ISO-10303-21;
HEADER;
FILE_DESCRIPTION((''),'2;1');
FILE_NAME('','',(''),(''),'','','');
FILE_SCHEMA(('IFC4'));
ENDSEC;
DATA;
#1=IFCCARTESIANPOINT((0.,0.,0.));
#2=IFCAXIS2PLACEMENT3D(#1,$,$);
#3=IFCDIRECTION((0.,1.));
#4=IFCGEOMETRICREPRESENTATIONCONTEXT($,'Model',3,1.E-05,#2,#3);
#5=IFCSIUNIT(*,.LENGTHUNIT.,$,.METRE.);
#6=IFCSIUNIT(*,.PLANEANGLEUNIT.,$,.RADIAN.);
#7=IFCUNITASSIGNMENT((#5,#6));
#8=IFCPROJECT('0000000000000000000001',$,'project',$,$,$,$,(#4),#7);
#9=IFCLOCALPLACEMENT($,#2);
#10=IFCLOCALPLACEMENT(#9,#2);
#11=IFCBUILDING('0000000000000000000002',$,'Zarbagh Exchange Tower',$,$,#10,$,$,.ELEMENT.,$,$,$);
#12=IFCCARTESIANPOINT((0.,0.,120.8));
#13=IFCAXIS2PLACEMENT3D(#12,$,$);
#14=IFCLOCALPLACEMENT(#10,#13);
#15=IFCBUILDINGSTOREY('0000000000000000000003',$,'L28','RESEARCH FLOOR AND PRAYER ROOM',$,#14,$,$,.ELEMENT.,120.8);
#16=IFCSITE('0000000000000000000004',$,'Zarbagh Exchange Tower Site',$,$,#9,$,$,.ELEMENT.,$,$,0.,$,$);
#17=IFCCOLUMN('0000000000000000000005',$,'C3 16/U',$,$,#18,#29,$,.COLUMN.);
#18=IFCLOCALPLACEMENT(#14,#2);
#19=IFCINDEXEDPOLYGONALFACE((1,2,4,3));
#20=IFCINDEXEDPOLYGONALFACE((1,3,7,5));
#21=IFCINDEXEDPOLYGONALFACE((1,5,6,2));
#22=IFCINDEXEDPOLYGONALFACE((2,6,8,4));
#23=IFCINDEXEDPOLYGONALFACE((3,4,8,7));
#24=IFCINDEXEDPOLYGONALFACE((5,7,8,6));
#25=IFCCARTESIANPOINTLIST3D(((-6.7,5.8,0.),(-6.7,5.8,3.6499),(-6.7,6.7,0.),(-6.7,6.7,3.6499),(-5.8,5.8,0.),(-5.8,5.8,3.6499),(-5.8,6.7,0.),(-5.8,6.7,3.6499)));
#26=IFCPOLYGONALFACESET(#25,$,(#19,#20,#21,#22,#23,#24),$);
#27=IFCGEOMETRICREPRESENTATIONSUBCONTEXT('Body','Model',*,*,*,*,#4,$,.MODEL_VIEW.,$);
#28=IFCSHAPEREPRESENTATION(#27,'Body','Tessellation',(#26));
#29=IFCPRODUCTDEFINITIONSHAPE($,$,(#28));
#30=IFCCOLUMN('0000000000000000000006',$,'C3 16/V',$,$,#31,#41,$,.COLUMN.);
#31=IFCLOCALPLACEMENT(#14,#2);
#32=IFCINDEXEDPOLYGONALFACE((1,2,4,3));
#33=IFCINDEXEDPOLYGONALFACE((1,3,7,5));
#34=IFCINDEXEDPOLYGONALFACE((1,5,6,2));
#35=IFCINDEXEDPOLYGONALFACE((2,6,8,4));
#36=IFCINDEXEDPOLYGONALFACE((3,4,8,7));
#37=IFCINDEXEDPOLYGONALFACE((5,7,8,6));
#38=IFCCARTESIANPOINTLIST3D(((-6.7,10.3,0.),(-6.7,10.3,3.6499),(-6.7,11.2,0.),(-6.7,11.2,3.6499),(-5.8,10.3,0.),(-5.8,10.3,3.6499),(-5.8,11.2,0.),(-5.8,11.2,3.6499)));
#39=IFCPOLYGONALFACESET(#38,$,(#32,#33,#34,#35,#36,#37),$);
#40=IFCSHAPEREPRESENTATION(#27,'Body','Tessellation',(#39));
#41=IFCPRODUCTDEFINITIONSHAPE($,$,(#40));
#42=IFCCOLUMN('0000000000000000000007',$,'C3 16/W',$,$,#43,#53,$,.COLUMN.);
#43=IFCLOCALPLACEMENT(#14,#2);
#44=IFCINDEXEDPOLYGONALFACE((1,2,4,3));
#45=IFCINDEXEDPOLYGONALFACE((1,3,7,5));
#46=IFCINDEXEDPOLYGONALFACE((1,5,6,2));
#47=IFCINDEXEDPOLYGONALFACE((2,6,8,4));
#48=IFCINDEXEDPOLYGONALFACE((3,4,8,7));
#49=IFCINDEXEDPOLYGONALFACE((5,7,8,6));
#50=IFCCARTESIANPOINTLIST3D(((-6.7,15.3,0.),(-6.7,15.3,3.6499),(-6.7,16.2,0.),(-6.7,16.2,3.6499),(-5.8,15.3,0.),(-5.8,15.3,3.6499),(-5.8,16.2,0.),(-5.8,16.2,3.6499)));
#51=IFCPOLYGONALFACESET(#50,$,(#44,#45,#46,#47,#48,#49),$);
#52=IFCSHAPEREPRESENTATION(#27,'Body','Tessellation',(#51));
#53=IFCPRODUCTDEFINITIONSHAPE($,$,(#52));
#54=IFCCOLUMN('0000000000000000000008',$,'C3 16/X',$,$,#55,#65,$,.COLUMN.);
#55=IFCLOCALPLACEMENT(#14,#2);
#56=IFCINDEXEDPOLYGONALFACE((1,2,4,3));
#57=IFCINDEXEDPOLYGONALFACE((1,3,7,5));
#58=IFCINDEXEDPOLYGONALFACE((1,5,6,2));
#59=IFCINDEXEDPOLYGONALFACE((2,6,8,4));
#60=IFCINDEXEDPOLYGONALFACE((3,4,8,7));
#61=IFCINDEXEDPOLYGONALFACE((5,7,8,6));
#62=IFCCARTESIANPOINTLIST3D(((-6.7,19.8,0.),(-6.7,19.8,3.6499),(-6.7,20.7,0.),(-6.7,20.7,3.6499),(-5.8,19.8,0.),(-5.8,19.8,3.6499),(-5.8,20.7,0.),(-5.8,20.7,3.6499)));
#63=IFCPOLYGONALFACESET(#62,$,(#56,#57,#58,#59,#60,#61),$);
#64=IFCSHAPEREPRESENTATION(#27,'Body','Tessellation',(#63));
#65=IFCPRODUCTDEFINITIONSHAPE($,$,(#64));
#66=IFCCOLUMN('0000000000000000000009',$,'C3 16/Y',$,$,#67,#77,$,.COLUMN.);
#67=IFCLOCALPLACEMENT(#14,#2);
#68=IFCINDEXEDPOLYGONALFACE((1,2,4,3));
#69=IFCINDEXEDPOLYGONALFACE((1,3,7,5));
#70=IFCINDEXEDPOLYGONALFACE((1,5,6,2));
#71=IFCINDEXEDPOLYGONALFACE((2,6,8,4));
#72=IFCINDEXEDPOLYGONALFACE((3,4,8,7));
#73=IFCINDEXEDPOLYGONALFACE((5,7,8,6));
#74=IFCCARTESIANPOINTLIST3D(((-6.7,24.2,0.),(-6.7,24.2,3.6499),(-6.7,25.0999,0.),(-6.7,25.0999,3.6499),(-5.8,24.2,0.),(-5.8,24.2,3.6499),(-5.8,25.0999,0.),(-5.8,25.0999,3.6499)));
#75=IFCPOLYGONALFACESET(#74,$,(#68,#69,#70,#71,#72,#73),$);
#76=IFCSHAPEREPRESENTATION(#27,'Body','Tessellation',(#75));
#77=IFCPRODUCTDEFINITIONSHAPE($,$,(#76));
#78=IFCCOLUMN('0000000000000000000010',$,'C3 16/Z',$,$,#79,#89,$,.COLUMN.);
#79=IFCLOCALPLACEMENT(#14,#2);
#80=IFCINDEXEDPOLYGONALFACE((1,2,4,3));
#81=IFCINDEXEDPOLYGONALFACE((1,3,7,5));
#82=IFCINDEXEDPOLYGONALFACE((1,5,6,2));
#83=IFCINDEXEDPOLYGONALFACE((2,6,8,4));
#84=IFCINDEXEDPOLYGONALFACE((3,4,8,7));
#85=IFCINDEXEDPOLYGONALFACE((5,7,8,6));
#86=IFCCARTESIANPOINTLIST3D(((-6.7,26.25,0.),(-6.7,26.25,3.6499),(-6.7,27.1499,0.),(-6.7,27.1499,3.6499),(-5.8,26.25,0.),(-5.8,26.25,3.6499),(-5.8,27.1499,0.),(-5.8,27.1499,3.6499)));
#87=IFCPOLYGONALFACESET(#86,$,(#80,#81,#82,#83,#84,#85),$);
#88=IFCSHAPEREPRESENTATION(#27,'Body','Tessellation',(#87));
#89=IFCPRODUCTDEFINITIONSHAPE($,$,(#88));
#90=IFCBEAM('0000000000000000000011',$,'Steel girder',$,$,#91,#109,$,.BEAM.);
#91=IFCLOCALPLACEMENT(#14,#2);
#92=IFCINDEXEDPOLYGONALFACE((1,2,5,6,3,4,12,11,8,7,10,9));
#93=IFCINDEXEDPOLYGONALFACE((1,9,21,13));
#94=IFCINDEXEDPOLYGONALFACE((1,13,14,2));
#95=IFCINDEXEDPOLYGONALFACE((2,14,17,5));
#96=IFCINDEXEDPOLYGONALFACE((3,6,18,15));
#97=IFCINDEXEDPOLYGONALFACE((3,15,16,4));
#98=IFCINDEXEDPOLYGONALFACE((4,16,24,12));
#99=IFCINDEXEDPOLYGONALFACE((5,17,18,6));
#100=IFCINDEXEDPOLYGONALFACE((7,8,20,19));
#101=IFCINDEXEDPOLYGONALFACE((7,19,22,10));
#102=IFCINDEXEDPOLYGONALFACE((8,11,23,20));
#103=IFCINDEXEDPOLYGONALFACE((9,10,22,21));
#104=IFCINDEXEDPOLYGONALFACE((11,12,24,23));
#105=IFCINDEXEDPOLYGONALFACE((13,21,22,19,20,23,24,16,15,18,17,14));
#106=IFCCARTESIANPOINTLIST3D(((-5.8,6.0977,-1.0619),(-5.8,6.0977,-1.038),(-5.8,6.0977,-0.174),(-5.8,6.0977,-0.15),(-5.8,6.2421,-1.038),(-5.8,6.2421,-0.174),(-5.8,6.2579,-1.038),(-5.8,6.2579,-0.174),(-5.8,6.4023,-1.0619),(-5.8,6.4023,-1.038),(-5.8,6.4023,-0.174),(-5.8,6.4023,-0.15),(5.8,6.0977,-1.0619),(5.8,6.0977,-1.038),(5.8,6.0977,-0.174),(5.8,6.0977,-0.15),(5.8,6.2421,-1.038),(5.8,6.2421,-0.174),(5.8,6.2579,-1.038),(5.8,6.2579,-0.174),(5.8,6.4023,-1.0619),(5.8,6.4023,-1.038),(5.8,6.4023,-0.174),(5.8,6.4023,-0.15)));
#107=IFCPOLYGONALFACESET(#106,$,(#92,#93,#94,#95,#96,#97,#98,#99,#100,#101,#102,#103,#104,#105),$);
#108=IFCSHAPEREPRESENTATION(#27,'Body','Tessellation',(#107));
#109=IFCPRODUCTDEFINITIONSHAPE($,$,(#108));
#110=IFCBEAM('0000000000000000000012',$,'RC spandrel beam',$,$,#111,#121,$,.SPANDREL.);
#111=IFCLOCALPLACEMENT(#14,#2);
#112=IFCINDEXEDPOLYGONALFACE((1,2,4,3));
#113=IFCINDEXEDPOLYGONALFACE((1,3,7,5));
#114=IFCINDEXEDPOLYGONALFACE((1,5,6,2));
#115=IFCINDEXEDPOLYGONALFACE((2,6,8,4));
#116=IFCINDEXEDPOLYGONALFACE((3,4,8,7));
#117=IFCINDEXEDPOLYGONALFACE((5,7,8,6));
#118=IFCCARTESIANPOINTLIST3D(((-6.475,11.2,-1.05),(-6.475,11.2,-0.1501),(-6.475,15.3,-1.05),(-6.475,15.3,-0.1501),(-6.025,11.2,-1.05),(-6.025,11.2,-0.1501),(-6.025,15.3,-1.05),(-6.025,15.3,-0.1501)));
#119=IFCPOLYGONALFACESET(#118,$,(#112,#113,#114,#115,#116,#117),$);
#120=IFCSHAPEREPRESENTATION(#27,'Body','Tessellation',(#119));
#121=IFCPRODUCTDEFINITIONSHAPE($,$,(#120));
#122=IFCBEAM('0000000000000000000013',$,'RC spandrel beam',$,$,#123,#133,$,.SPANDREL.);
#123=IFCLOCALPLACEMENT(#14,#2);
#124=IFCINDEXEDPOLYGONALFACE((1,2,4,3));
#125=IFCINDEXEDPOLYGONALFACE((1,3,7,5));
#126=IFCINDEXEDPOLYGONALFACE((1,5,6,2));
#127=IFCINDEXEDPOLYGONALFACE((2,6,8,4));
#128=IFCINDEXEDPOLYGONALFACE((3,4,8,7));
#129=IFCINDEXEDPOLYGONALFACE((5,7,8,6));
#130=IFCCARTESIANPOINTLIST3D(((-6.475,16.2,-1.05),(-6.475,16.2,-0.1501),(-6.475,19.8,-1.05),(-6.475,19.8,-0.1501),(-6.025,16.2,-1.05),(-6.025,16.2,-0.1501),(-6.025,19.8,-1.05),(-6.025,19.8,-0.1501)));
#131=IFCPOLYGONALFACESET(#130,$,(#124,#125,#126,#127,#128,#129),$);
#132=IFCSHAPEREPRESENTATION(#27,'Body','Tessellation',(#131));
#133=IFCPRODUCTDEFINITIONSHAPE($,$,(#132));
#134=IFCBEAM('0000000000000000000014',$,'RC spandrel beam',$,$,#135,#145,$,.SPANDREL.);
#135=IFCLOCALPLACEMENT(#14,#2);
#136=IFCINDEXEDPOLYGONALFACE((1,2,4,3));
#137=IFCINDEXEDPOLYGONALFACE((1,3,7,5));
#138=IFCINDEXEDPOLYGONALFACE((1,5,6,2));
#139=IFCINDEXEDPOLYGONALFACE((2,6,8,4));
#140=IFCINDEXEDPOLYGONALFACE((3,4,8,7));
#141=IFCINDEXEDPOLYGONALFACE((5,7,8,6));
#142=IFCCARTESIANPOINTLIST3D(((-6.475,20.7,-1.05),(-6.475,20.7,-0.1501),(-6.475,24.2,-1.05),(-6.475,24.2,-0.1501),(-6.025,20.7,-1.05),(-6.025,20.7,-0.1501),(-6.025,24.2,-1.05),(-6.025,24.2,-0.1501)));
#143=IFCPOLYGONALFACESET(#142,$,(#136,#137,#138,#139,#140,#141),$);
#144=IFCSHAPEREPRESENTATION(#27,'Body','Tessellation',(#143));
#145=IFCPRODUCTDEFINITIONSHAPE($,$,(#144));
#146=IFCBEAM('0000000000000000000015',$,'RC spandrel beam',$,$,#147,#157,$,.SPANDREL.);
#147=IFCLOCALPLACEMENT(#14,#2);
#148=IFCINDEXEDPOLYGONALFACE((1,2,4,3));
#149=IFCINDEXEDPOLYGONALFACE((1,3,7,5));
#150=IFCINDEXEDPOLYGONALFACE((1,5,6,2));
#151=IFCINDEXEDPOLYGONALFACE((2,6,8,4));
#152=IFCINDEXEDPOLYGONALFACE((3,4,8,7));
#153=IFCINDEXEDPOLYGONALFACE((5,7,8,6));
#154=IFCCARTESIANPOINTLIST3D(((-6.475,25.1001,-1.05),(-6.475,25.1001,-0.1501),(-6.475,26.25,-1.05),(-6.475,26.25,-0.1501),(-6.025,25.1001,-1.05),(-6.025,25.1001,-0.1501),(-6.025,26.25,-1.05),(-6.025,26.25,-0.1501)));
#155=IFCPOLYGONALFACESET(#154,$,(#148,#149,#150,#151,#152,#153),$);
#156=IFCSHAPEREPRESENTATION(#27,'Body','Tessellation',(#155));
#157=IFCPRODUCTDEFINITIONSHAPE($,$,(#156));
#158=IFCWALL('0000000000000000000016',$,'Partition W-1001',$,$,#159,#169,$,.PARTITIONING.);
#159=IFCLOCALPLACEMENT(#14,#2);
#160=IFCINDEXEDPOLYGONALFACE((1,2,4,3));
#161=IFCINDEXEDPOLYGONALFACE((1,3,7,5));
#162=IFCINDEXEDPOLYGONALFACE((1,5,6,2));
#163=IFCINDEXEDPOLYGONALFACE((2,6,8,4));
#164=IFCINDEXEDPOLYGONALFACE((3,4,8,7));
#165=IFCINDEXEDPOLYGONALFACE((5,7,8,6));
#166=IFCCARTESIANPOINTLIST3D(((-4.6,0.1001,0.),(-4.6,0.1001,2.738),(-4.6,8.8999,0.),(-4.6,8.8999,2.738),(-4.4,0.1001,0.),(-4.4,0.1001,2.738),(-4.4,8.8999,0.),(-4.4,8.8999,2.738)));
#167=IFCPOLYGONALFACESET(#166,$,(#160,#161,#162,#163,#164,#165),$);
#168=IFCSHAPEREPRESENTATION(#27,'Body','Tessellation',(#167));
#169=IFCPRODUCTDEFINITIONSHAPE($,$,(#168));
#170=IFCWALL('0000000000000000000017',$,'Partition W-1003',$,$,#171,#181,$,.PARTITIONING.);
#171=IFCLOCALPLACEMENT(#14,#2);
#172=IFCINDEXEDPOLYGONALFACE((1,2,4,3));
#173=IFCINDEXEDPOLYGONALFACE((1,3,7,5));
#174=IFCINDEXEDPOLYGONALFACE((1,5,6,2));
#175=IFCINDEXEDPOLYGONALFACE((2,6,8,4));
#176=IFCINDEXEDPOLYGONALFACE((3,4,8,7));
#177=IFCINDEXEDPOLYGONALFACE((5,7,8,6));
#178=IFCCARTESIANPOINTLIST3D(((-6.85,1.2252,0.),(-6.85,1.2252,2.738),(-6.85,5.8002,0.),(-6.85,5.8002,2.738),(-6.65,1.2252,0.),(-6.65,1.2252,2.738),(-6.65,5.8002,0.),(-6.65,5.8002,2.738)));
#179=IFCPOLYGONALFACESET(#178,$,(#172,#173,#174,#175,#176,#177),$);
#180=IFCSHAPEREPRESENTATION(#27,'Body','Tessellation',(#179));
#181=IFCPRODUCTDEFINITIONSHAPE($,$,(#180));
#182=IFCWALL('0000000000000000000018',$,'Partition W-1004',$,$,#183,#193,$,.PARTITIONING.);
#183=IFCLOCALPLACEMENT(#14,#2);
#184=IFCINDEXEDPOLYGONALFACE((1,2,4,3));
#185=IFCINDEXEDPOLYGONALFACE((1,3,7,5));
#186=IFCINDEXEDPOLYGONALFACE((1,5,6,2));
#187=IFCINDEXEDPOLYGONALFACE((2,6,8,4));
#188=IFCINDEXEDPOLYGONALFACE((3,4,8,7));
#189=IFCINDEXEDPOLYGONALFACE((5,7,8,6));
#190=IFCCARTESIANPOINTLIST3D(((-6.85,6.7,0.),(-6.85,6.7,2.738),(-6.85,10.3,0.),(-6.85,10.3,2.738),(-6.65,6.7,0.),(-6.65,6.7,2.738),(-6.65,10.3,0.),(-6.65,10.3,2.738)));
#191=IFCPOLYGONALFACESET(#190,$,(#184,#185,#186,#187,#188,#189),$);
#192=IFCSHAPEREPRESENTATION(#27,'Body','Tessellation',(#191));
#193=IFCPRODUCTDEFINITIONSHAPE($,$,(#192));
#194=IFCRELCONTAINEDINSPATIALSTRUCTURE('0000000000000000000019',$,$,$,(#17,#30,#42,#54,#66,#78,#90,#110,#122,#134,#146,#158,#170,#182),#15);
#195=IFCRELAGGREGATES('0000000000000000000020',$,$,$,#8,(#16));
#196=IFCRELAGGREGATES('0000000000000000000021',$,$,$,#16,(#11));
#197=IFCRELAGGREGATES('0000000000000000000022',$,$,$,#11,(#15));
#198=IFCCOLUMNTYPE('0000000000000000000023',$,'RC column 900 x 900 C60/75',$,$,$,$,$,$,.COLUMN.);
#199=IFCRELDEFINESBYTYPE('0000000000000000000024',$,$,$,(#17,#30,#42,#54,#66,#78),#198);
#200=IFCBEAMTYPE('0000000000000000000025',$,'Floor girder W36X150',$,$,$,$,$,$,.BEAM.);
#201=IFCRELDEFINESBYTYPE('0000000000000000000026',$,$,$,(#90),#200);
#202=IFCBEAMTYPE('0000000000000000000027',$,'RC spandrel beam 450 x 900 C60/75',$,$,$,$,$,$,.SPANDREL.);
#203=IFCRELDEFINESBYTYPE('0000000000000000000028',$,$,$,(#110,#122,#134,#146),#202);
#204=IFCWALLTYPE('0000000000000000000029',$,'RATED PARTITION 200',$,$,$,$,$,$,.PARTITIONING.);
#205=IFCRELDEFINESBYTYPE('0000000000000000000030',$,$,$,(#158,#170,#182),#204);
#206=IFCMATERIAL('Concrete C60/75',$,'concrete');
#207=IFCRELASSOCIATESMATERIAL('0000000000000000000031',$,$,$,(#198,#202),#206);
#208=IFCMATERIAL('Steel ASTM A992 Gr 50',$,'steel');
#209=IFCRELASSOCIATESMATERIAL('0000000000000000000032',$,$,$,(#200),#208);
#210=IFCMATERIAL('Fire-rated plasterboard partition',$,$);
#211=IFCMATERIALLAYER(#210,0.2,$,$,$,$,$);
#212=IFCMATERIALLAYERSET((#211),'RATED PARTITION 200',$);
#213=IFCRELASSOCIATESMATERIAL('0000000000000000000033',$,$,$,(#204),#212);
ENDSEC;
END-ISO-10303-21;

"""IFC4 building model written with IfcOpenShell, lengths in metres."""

from ifc_helpers import new_model, si_unit, direction, frame, frame_2d, origin, origin_2d, place, context, subcontext, project, spatial, rectangle, i_section, extrude, material, layer, layer_set, material_profile, profile_set, type_object, element, save


model = new_model("IFC4")

# Units and contexts
model_context = context("Model", 3, precision=1e-05, world=origin(), true_north=direction((0.0, 1.0)))
body_context = subcontext(model_context, "Body", "Model", "MODEL_VIEW")
ifc_project = project(units=[si_unit("LENGTHUNIT", "METRE"), si_unit("PLANEANGLEUNIT", "RADIAN")], contexts=[model_context])

# Site, building, storey
site_placement = place(None, origin())
site = spatial("IfcSite", under=ifc_project, at=site_placement, Name="Zarbagh Exchange Tower Site", CompositionType="ELEMENT", RefElevation=0.0)
building_placement = place(site_placement, origin())
building = spatial("IfcBuilding", under=site, at=building_placement, Name="Zarbagh Exchange Tower", CompositionType="ELEMENT")
storey_placement = place(building_placement, frame((0.0, 0.0, 120.8)))
storey = spatial("IfcBuildingStorey", under=building, at=storey_placement, Name="L28", Description="RESEARCH FLOOR AND PRAYER ROOM", CompositionType="ELEMENT", Elevation=120.8)

# Columns
ifc_material_1 = material(Name="Concrete C60/75", Category="concrete")
ifc_material_profile_1 = material_profile(ifc_material_1, rectangle(XDim=0.8999, YDim=0.8999, at=origin_2d()), Name="RC column 900 x 900 C60/75")
ifc_profile_set_1 = profile_set([ifc_material_profile_1], Name="Concrete C60/75")
column_type = type_object("IfcColumnType", Name="RC column 900 x 900 C60/75", PredefinedType="COLUMN", material=ifc_profile_set_1)
for number, where, z_axis, x_axis, name in (
    (1, (-6.25, 6.25, 0.0), (0.0, 0.0, 1.0), (1.0, 0.0, 0.0), "C3 16/U"),
    (2, (-6.25, 10.75, 0.0), (0.0, 0.0, 1.0), (1.0, 0.0, 0.0), "C3 16/V"),
    (3, (-6.25, 15.75, 0.0), (0.0, 0.0, 1.0), (1.0, 0.0, 0.0), "C3 16/W"),
    (4, (-6.25, 20.25, 0.0), (0.0, 0.0, 1.0), (1.0, 0.0, 0.0), "C3 16/X"),
    (5, (-6.25, 24.6499, 0.0), (0.0, 0.0, 1.0), (1.0, 0.0, 0.0), "C3 16/Y"),
    (6, (-6.25, 26.7, 0.0), (0.0, 0.0, 1.0), (1.0, 0.0, 0.0), "C3 16/Z"),
):
    element("IfcColumn", number, at=place(storey_placement, frame(where, z_axis=z_axis, x_axis=x_axis)), inside=storey, type_object=column_type, Name=name, PredefinedType="COLUMN", context=body_context, shape_type="SweptSolid", body=[
        extrude(rectangle(XDim=0.8999, YDim=0.8999, at=origin_2d()), origin(), (0.0, 0.0, 1.0), 3.6499),
    ])

# Beams
ifc_material_2 = material(Name="Steel ASTM A992 Gr 50", Category="steel")
ifc_material_profile_2 = material_profile(ifc_material_2, i_section(OverallWidth=0.3047, OverallDepth=0.9119, WebThickness=0.0159, FlangeThickness=0.0239, at=origin_2d()), Name="W36X150")
ifc_profile_set_2 = profile_set([ifc_material_profile_2], Name="Steel ASTM A992 Gr 50")
beam_type_1 = type_object("IfcBeamType", Name="Floor girder W36X150", PredefinedType="BEAM", material=ifc_profile_set_2)
beam_1_placement = place(storey_placement, frame((-5.8, 6.25, -0.606), z_axis=(1.0, 0.0, 0.0), x_axis=(0.0, 1.0, 0.0)))
element("IfcBeam", 7, at=beam_1_placement, inside=storey, type_object=beam_type_1, Name="Steel girder", PredefinedType="BEAM", context=body_context, shape_type="SweptSolid", body=[
    extrude(i_section(OverallWidth=0.3047, OverallDepth=0.9119, WebThickness=0.0159, FlangeThickness=0.0239, at=origin_2d()), origin(), (0.0, 0.0, 1.0), 11.6001),
])
ifc_material_profile_3 = material_profile(ifc_material_1, rectangle(XDim=0.45, YDim=0.8999, at=origin_2d()), Name="RC spandrel beam 450 x 900 C60/75")
ifc_profile_set_3 = profile_set([ifc_material_profile_3], Name="Concrete C60/75")
beam_type_2 = type_object("IfcBeamType", Name="RC spandrel beam 450 x 900 C60/75", PredefinedType="SPANDREL", material=ifc_profile_set_3)
beam_2_placement = place(storey_placement, frame((-6.25, 11.2, -0.6001), z_axis=(0.0, 1.0, 0.0), x_axis=(-1.0, 0.0, 0.0)))
element("IfcBeam", 8, at=beam_2_placement, inside=storey, type_object=beam_type_2, Name="RC spandrel beam", PredefinedType="SPANDREL", context=body_context, shape_type="SweptSolid", body=[
    extrude(rectangle(XDim=0.45, YDim=0.8999, at=origin_2d()), origin(), (0.0, 0.0, 1.0), 4.1001),
])
beam_3_placement = place(storey_placement, frame((-6.25, 16.2, -0.6001), z_axis=(0.0, 1.0, 0.0), x_axis=(-1.0, 0.0, 0.0)))
element("IfcBeam", 9, at=beam_3_placement, inside=storey, type_object=beam_type_2, Name="RC spandrel beam", PredefinedType="SPANDREL", context=body_context, shape_type="SweptSolid", body=[
    extrude(rectangle(XDim=0.45, YDim=0.8999, at=origin_2d()), origin(), (0.0, 0.0, 1.0), 3.6001),
])
beam_4_placement = place(storey_placement, frame((-6.25, 20.7, -0.6001), z_axis=(0.0, 1.0, 0.0), x_axis=(-1.0, 0.0, 0.0)))
element("IfcBeam", 10, at=beam_4_placement, inside=storey, type_object=beam_type_2, Name="RC spandrel beam", PredefinedType="SPANDREL", context=body_context, shape_type="SweptSolid", body=[
    extrude(rectangle(XDim=0.45, YDim=0.8999, at=origin_2d()), origin(), (0.0, 0.0, 1.0), 3.5),
])
beam_5_placement = place(storey_placement, frame((-6.25, 25.1001, -0.6001), z_axis=(0.0, 1.0, 0.0), x_axis=(-1.0, 0.0, 0.0)))
element("IfcBeam", 11, at=beam_5_placement, inside=storey, type_object=beam_type_2, Name="RC spandrel beam", PredefinedType="SPANDREL", context=body_context, shape_type="SweptSolid", body=[
    extrude(rectangle(XDim=0.45, YDim=0.8999, at=origin_2d()), origin(), (0.0, 0.0, 1.0), 1.1499),
])

# Walls
ifc_material_3 = material(Name="Fire-rated plasterboard partition")
ifc_layer_1 = layer(ifc_material_3, 0.2)
ifc_layer_set_1 = layer_set([ifc_layer_1], Name="RATED PARTITION 200")
wall_type_1 = type_object("IfcWallType", Name="RATED PARTITION 200", PredefinedType="PARTITIONING", material=ifc_layer_set_1)
wall_1_placement = place(storey_placement, frame((-4.5, 0.1001, 0.0), z_axis=(0.0, 0.0, 1.0), x_axis=(0.0, 1.0, 0.0)))
element("IfcWall", 12, at=wall_1_placement, inside=storey, type_object=wall_type_1, Name="Partition W-1001", PredefinedType="PARTITIONING", context=body_context, shape_type="SweptSolid", body=[
    extrude(rectangle(XDim=8.7998, YDim=0.2, at=frame_2d((4.3999, 0.0))), origin(), (0.0, 0.0, 1.0), 2.738),
])
wall_2_placement = place(storey_placement, frame((-6.75, 1.2251, 0.0), z_axis=(0.0, 0.0, 1.0), x_axis=(0.0, 1.0, 0.0)))
element("IfcWall", 13, at=wall_2_placement, inside=storey, type_object=wall_type_1, Name="Partition W-1003", PredefinedType="PARTITIONING", context=body_context, shape_type="SweptSolid", body=[
    extrude(rectangle(XDim=4.575, YDim=0.2, at=frame_2d((2.2876, 0.0))), origin(), (0.0, 0.0, 1.0), 2.738),
])
wall_3_placement = place(storey_placement, frame((-6.75, 6.7, 0.0), z_axis=(0.0, 0.0, 1.0), x_axis=(0.0, 1.0, 0.0)))
element("IfcWall", 14, at=wall_3_placement, inside=storey, type_object=wall_type_1, Name="Partition W-1004", PredefinedType="PARTITIONING", context=body_context, shape_type="SweptSolid", body=[
    extrude(rectangle(XDim=3.6001, YDim=0.2, at=frame_2d((1.8, 0.0))), origin(), (0.0, 0.0, 1.0), 2.738),
])

save(model, "model.ifc")
